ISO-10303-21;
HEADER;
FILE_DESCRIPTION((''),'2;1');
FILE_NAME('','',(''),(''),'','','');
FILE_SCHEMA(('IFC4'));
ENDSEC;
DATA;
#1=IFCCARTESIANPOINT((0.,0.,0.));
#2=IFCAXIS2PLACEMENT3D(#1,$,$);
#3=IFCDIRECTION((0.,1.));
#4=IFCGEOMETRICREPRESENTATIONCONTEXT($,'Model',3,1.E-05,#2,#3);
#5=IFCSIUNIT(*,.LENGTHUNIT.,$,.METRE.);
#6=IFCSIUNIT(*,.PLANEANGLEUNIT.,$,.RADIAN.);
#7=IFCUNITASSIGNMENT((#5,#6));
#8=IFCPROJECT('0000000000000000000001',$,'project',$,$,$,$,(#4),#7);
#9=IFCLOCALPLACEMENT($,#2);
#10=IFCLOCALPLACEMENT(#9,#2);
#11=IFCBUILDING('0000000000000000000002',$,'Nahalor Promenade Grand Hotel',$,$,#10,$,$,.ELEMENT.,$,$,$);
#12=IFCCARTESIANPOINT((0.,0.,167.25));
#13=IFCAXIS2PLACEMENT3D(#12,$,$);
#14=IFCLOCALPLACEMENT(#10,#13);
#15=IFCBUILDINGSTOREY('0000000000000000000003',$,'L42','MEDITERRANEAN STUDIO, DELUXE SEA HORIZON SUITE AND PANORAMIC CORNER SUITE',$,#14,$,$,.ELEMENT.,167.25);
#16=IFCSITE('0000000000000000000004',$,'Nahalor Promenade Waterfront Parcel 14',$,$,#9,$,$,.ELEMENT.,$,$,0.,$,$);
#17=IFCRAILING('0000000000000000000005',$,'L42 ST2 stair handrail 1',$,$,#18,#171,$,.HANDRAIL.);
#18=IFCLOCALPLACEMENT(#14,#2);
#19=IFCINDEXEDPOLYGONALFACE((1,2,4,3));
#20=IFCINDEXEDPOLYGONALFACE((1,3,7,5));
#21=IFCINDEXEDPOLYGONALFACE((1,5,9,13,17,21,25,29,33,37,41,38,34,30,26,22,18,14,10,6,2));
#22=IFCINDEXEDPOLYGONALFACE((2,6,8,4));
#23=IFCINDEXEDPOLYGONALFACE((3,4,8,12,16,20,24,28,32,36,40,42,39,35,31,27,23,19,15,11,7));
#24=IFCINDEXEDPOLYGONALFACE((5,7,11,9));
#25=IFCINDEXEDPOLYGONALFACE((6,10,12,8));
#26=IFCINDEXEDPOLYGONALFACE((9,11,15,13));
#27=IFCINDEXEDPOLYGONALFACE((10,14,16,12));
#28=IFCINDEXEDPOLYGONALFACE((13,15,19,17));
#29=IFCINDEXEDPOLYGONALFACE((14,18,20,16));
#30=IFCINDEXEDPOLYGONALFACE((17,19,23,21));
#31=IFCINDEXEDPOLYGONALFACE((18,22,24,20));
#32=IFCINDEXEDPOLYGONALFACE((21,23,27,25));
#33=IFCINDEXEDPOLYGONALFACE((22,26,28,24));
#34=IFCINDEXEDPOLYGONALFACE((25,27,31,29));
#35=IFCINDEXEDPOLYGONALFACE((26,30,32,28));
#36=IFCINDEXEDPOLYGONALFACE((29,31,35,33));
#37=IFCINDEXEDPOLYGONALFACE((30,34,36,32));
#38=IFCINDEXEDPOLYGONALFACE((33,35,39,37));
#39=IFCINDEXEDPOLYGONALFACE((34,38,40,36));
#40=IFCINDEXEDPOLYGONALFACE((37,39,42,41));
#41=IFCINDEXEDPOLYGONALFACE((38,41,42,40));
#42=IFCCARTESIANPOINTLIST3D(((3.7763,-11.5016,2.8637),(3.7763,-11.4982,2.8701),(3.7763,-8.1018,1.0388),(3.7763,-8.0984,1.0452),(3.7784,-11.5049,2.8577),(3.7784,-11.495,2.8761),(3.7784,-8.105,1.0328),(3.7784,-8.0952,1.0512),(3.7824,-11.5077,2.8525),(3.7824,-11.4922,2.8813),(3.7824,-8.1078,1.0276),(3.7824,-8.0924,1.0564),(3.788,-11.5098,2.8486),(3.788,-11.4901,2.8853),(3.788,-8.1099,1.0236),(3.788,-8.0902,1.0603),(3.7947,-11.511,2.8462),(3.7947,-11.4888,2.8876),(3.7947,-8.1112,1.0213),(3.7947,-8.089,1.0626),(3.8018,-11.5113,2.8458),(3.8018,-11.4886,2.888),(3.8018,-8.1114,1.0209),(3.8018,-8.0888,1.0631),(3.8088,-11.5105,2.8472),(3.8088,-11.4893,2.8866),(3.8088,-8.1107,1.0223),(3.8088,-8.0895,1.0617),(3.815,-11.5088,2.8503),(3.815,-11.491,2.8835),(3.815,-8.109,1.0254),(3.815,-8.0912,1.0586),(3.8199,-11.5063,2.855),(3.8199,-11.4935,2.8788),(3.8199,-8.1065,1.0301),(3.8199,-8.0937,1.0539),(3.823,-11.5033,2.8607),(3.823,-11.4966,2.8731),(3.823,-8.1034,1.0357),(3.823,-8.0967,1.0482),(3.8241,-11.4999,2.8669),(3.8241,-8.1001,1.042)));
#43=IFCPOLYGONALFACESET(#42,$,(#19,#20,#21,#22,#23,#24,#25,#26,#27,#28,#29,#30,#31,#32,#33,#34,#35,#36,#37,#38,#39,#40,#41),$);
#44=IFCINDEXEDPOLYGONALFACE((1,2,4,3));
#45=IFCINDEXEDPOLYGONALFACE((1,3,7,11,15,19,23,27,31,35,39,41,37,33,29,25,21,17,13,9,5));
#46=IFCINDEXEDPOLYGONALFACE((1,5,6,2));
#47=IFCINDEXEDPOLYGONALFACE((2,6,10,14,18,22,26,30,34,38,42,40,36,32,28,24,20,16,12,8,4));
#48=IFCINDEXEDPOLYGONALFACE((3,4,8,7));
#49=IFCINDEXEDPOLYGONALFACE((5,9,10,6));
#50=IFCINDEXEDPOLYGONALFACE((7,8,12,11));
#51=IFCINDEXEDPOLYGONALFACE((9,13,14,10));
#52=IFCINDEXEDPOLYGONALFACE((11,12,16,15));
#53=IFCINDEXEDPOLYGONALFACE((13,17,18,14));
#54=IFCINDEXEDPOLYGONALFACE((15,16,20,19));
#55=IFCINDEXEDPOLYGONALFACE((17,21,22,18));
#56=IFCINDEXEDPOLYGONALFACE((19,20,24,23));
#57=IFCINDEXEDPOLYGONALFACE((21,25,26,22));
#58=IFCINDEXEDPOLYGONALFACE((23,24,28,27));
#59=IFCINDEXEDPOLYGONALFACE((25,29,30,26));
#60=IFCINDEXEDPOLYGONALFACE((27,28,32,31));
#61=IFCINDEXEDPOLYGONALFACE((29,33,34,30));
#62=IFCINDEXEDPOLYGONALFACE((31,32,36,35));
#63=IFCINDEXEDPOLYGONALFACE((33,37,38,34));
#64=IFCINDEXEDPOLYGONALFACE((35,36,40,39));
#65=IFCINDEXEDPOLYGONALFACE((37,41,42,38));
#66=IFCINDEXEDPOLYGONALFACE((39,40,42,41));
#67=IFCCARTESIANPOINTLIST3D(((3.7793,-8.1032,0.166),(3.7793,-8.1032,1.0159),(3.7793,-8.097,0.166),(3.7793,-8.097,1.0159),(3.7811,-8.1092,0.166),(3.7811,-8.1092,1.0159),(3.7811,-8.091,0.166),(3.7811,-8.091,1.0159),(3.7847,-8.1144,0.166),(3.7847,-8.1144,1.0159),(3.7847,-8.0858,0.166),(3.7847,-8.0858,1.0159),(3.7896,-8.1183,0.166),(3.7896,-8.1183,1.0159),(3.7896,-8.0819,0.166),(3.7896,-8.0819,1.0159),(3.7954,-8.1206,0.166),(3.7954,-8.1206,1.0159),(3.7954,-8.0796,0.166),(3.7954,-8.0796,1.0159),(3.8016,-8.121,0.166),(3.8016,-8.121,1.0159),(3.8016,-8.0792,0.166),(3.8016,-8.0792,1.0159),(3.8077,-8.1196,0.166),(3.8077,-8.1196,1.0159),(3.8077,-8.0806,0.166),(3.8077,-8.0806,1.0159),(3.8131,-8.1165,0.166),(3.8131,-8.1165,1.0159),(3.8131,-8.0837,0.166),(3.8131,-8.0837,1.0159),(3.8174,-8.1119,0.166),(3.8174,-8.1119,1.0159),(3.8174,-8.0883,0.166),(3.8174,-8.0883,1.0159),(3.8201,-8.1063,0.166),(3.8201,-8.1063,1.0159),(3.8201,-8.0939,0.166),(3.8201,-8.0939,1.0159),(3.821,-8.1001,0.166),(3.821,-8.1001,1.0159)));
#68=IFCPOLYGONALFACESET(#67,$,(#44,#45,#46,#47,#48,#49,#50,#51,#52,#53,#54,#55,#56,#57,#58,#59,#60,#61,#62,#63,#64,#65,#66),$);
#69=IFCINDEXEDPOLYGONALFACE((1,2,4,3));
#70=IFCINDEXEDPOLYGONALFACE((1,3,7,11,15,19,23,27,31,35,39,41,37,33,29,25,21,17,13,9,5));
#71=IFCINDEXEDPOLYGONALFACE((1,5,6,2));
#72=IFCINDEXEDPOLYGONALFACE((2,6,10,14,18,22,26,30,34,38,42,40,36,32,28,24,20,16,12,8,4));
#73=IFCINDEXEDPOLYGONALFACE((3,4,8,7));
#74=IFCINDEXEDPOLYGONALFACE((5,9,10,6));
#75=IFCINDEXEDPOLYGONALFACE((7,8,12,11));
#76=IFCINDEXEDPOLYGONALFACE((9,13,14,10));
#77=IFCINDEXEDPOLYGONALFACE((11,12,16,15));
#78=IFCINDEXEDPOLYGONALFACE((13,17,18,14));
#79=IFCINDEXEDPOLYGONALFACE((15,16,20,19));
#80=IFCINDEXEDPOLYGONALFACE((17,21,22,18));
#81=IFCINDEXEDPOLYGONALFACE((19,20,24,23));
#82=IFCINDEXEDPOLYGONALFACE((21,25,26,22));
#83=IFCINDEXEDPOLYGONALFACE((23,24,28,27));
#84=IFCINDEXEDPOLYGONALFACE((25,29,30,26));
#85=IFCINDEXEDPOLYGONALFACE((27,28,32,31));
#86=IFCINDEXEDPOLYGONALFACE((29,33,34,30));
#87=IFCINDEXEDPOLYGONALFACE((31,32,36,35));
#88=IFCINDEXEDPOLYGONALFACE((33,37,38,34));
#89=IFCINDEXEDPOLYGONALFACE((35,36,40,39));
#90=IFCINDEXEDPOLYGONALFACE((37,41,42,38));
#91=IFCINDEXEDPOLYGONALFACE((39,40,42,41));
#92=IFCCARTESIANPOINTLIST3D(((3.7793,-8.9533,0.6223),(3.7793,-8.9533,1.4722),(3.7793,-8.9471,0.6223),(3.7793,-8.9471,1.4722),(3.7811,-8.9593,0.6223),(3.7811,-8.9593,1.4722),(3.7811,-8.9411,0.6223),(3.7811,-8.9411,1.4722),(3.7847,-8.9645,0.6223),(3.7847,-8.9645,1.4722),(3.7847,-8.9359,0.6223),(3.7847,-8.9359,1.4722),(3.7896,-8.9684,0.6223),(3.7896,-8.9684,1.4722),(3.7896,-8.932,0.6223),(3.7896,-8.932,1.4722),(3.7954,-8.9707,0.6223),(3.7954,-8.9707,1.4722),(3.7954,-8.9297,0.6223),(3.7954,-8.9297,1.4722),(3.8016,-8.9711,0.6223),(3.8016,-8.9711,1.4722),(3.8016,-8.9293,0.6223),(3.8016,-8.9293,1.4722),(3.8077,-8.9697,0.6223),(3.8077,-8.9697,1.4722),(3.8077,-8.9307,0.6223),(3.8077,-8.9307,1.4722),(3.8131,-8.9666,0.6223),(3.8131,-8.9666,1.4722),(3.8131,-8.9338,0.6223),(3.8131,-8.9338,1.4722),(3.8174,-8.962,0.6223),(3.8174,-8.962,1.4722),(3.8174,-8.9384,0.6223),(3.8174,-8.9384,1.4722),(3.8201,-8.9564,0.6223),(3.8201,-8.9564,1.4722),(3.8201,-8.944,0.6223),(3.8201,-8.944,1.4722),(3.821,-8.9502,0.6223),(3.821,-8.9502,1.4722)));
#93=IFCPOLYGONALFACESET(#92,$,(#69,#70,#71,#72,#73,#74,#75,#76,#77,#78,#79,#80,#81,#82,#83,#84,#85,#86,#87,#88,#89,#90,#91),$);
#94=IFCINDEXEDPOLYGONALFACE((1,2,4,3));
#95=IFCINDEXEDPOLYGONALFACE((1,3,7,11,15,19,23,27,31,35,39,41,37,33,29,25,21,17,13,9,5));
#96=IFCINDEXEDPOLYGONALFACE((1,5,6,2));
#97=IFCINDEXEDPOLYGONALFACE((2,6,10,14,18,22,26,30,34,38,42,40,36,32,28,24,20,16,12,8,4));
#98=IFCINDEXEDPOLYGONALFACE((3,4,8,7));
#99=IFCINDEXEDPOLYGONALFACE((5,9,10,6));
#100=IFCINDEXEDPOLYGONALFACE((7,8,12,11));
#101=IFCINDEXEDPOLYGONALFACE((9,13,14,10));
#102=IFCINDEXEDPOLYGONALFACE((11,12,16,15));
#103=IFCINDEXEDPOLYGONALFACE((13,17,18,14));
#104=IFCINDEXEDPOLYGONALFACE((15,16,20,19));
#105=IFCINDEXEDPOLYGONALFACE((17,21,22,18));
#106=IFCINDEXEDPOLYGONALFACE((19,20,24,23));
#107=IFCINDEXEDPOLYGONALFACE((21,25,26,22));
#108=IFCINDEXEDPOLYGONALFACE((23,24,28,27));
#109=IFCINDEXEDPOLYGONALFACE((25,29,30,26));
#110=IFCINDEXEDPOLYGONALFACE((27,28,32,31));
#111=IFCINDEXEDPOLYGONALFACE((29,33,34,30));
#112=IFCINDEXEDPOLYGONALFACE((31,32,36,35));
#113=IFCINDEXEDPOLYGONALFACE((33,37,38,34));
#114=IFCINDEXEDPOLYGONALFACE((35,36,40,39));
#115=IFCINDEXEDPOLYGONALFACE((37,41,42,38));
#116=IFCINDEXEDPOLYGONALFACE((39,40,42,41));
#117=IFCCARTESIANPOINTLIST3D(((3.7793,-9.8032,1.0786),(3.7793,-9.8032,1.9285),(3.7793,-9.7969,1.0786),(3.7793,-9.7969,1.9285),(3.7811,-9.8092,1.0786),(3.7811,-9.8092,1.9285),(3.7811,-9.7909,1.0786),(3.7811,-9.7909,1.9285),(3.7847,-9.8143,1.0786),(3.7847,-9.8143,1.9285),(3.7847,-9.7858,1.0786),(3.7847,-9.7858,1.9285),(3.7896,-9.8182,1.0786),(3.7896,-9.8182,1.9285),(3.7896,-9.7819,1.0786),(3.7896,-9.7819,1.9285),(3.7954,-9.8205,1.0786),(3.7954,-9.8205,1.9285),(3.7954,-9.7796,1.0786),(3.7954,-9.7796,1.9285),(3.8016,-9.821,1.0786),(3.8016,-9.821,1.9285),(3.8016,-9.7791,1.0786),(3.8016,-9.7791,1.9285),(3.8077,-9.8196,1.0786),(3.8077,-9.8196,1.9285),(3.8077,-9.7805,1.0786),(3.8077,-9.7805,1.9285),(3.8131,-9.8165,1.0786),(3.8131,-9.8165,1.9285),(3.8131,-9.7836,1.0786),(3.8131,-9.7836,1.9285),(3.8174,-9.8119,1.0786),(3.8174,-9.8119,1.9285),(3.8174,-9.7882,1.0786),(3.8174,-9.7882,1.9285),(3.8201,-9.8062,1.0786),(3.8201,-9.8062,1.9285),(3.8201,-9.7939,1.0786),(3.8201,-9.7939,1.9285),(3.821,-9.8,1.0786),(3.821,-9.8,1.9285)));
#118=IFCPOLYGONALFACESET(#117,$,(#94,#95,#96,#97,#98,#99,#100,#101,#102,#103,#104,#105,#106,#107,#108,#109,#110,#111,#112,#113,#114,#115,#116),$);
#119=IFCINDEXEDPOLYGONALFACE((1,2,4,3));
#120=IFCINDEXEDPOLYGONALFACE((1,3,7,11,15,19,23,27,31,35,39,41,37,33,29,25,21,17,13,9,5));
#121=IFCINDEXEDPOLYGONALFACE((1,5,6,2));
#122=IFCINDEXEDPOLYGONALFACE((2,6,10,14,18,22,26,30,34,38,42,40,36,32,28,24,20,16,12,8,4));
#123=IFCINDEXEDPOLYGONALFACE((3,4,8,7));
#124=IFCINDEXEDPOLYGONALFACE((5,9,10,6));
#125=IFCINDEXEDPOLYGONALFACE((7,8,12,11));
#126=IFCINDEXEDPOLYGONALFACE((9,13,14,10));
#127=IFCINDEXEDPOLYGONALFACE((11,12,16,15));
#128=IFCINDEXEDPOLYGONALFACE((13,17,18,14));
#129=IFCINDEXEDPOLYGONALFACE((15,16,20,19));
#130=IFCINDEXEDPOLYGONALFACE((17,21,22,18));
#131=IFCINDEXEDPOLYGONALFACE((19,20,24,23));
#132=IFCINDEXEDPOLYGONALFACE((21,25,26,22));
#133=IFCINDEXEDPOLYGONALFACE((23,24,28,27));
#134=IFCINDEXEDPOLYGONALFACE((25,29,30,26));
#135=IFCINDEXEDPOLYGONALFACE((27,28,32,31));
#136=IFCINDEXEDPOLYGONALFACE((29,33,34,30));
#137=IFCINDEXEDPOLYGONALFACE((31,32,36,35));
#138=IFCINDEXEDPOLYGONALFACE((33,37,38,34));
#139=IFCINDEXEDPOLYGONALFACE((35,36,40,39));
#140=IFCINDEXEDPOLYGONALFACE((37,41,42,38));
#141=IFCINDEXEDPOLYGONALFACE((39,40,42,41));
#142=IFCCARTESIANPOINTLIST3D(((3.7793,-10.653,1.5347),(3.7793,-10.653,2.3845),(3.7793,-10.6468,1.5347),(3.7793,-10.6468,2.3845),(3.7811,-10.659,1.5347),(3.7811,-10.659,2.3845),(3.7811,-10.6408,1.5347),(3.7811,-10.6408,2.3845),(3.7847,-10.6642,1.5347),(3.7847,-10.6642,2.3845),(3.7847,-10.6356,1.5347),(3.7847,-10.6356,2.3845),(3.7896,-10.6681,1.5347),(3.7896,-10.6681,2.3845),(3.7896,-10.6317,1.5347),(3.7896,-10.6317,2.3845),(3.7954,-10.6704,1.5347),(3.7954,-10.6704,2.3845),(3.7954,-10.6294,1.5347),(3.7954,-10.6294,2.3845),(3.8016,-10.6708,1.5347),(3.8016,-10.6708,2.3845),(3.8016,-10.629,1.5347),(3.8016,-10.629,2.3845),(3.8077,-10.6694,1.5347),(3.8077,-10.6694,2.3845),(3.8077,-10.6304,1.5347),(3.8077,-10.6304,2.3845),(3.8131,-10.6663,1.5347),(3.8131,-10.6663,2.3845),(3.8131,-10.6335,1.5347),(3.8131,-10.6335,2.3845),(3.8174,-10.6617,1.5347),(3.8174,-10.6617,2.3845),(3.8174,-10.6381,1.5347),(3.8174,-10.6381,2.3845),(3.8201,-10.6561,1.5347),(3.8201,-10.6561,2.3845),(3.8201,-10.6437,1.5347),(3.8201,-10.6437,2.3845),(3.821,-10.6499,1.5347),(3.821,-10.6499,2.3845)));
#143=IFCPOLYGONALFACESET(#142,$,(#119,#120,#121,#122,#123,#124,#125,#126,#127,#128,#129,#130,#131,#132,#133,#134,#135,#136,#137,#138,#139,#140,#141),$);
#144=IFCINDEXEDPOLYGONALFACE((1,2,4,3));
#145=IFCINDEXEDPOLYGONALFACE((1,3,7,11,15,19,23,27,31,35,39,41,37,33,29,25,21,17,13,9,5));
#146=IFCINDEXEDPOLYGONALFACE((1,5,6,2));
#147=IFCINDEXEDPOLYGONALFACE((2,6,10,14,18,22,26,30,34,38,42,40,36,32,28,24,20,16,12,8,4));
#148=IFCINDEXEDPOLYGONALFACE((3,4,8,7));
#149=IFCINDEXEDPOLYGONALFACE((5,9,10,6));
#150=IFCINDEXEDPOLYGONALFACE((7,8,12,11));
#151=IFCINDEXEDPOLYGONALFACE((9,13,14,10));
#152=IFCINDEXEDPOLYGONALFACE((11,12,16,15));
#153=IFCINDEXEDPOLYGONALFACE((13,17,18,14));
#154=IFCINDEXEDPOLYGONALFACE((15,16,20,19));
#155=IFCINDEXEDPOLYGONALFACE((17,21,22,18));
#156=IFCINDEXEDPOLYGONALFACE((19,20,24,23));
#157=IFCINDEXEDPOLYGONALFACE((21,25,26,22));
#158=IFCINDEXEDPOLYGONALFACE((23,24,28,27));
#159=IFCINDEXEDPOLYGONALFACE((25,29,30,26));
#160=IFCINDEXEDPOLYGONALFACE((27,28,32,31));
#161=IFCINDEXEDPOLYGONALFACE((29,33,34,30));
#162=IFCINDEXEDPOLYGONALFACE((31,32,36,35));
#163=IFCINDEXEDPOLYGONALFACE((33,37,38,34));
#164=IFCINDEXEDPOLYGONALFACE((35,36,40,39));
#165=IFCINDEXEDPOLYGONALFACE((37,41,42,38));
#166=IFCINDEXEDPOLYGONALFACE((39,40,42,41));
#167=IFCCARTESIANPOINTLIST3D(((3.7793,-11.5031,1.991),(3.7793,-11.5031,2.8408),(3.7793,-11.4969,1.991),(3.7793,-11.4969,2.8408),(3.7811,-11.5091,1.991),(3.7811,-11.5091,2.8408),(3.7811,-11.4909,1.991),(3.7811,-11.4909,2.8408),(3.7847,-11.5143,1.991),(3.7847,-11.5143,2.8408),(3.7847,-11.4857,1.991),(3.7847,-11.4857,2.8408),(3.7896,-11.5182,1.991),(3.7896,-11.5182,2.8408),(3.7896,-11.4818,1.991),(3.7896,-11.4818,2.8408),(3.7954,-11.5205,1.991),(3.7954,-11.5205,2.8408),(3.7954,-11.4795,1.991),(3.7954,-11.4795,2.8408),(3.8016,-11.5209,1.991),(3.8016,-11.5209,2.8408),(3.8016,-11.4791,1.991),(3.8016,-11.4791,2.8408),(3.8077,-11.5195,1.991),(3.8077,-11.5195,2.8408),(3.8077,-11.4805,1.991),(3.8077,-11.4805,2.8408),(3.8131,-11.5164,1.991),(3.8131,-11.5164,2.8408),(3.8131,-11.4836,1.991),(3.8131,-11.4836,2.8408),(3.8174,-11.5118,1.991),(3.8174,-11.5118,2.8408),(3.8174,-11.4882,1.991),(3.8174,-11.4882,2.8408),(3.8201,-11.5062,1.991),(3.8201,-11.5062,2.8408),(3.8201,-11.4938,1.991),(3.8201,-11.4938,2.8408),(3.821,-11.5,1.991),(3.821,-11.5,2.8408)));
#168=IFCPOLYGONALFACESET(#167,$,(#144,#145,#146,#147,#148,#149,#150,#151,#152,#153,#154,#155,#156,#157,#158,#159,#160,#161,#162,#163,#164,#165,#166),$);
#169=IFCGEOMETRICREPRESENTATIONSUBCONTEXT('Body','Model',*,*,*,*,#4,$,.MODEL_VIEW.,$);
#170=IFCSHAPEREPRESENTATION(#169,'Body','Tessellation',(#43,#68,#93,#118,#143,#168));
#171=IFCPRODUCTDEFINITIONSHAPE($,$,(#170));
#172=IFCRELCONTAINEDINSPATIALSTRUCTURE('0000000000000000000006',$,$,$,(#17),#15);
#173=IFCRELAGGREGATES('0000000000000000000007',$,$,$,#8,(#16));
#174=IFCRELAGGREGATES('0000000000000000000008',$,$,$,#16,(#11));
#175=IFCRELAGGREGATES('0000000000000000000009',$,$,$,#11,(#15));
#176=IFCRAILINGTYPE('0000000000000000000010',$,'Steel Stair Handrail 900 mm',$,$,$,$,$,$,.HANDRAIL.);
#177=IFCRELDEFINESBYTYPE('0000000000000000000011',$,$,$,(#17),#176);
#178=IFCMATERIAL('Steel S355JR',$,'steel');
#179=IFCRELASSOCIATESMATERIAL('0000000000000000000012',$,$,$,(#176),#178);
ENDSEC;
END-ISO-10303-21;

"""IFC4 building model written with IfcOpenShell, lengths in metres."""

from ifc_helpers import new_model, si_unit, direction, frame, origin, origin_2d, place, context, subcontext, project, spatial, circle, extrude, material, type_object, element, save


model = new_model("IFC4")

# Units and contexts
model_context = context("Model", 3, precision=1e-05, world=origin(), true_north=direction((0.0, 1.0)))
body_context = subcontext(model_context, "Body", "Model", "MODEL_VIEW")
ifc_project = project(units=[si_unit("LENGTHUNIT", "METRE"), si_unit("PLANEANGLEUNIT", "RADIAN")], contexts=[model_context])

# Site, building, storey
site_placement = place(None, origin())
site = spatial("IfcSite", under=ifc_project, at=site_placement, Name="Nahalor Promenade Waterfront Parcel 14", CompositionType="ELEMENT", RefElevation=0.0)
building_placement = place(site_placement, origin())
building = spatial("IfcBuilding", under=site, at=building_placement, Name="Nahalor Promenade Grand Hotel", CompositionType="ELEMENT")
storey_placement = place(building_placement, frame((0.0, 0.0, 167.25)))
storey = spatial("IfcBuildingStorey", under=building, at=storey_placement, Name="L42", Description="MEDITERRANEAN STUDIO, DELUXE SEA HORIZON SUITE AND PANORAMIC CORNER SUITE", CompositionType="ELEMENT", Elevation=167.25)

# Shared definitions
ifc_material_1 = material(Name="Steel S355JR", Category="steel")

# Railing
railing_type_1 = type_object("IfcRailingType", Name="Steel Stair Handrail 900 mm", PredefinedType="HANDRAIL", material=ifc_material_1)
railing_1_placement = place(storey_placement, frame((3.8, -8.1001, 0.166)))
element("IfcRailing", 1, at=railing_1_placement, inside=storey, type_object=railing_type_1, Name="L42 ST2 stair handrail 1", PredefinedType="HANDRAIL", context=body_context, shape_type="SweptSolid", body=[
    extrude(circle(Radius=0.024, at=origin_2d()), frame((0.0, 0.0, 0.876), z_axis=(0.0, -0.881094, 0.472941), x_axis=(1.0, 0.0, 0.0)), (0.0, 0.0, 1.0), 3.8586),
    extrude(circle(Radius=0.021, at=origin_2d()), origin(), (0.0, 0.0, 1.0), 0.8499),
    extrude(circle(Radius=0.021, at=origin_2d()), frame((0.0, -0.8501, 0.4563)), (0.0, 0.0, 1.0), 0.8499),
    extrude(circle(Radius=0.021, at=origin_2d()), frame((0.0, -1.7, 0.9126)), (0.0, 0.0, 1.0), 0.8499),
    extrude(circle(Radius=0.021, at=origin_2d()), frame((0.0, -2.5498, 1.3687)), (0.0, 0.0, 1.0), 0.8499),
    extrude(circle(Radius=0.021, at=origin_2d()), frame((0.0, -3.3999, 1.825)), (0.0, 0.0, 1.0), 0.8499),
])

save(model, "model.ifc")
